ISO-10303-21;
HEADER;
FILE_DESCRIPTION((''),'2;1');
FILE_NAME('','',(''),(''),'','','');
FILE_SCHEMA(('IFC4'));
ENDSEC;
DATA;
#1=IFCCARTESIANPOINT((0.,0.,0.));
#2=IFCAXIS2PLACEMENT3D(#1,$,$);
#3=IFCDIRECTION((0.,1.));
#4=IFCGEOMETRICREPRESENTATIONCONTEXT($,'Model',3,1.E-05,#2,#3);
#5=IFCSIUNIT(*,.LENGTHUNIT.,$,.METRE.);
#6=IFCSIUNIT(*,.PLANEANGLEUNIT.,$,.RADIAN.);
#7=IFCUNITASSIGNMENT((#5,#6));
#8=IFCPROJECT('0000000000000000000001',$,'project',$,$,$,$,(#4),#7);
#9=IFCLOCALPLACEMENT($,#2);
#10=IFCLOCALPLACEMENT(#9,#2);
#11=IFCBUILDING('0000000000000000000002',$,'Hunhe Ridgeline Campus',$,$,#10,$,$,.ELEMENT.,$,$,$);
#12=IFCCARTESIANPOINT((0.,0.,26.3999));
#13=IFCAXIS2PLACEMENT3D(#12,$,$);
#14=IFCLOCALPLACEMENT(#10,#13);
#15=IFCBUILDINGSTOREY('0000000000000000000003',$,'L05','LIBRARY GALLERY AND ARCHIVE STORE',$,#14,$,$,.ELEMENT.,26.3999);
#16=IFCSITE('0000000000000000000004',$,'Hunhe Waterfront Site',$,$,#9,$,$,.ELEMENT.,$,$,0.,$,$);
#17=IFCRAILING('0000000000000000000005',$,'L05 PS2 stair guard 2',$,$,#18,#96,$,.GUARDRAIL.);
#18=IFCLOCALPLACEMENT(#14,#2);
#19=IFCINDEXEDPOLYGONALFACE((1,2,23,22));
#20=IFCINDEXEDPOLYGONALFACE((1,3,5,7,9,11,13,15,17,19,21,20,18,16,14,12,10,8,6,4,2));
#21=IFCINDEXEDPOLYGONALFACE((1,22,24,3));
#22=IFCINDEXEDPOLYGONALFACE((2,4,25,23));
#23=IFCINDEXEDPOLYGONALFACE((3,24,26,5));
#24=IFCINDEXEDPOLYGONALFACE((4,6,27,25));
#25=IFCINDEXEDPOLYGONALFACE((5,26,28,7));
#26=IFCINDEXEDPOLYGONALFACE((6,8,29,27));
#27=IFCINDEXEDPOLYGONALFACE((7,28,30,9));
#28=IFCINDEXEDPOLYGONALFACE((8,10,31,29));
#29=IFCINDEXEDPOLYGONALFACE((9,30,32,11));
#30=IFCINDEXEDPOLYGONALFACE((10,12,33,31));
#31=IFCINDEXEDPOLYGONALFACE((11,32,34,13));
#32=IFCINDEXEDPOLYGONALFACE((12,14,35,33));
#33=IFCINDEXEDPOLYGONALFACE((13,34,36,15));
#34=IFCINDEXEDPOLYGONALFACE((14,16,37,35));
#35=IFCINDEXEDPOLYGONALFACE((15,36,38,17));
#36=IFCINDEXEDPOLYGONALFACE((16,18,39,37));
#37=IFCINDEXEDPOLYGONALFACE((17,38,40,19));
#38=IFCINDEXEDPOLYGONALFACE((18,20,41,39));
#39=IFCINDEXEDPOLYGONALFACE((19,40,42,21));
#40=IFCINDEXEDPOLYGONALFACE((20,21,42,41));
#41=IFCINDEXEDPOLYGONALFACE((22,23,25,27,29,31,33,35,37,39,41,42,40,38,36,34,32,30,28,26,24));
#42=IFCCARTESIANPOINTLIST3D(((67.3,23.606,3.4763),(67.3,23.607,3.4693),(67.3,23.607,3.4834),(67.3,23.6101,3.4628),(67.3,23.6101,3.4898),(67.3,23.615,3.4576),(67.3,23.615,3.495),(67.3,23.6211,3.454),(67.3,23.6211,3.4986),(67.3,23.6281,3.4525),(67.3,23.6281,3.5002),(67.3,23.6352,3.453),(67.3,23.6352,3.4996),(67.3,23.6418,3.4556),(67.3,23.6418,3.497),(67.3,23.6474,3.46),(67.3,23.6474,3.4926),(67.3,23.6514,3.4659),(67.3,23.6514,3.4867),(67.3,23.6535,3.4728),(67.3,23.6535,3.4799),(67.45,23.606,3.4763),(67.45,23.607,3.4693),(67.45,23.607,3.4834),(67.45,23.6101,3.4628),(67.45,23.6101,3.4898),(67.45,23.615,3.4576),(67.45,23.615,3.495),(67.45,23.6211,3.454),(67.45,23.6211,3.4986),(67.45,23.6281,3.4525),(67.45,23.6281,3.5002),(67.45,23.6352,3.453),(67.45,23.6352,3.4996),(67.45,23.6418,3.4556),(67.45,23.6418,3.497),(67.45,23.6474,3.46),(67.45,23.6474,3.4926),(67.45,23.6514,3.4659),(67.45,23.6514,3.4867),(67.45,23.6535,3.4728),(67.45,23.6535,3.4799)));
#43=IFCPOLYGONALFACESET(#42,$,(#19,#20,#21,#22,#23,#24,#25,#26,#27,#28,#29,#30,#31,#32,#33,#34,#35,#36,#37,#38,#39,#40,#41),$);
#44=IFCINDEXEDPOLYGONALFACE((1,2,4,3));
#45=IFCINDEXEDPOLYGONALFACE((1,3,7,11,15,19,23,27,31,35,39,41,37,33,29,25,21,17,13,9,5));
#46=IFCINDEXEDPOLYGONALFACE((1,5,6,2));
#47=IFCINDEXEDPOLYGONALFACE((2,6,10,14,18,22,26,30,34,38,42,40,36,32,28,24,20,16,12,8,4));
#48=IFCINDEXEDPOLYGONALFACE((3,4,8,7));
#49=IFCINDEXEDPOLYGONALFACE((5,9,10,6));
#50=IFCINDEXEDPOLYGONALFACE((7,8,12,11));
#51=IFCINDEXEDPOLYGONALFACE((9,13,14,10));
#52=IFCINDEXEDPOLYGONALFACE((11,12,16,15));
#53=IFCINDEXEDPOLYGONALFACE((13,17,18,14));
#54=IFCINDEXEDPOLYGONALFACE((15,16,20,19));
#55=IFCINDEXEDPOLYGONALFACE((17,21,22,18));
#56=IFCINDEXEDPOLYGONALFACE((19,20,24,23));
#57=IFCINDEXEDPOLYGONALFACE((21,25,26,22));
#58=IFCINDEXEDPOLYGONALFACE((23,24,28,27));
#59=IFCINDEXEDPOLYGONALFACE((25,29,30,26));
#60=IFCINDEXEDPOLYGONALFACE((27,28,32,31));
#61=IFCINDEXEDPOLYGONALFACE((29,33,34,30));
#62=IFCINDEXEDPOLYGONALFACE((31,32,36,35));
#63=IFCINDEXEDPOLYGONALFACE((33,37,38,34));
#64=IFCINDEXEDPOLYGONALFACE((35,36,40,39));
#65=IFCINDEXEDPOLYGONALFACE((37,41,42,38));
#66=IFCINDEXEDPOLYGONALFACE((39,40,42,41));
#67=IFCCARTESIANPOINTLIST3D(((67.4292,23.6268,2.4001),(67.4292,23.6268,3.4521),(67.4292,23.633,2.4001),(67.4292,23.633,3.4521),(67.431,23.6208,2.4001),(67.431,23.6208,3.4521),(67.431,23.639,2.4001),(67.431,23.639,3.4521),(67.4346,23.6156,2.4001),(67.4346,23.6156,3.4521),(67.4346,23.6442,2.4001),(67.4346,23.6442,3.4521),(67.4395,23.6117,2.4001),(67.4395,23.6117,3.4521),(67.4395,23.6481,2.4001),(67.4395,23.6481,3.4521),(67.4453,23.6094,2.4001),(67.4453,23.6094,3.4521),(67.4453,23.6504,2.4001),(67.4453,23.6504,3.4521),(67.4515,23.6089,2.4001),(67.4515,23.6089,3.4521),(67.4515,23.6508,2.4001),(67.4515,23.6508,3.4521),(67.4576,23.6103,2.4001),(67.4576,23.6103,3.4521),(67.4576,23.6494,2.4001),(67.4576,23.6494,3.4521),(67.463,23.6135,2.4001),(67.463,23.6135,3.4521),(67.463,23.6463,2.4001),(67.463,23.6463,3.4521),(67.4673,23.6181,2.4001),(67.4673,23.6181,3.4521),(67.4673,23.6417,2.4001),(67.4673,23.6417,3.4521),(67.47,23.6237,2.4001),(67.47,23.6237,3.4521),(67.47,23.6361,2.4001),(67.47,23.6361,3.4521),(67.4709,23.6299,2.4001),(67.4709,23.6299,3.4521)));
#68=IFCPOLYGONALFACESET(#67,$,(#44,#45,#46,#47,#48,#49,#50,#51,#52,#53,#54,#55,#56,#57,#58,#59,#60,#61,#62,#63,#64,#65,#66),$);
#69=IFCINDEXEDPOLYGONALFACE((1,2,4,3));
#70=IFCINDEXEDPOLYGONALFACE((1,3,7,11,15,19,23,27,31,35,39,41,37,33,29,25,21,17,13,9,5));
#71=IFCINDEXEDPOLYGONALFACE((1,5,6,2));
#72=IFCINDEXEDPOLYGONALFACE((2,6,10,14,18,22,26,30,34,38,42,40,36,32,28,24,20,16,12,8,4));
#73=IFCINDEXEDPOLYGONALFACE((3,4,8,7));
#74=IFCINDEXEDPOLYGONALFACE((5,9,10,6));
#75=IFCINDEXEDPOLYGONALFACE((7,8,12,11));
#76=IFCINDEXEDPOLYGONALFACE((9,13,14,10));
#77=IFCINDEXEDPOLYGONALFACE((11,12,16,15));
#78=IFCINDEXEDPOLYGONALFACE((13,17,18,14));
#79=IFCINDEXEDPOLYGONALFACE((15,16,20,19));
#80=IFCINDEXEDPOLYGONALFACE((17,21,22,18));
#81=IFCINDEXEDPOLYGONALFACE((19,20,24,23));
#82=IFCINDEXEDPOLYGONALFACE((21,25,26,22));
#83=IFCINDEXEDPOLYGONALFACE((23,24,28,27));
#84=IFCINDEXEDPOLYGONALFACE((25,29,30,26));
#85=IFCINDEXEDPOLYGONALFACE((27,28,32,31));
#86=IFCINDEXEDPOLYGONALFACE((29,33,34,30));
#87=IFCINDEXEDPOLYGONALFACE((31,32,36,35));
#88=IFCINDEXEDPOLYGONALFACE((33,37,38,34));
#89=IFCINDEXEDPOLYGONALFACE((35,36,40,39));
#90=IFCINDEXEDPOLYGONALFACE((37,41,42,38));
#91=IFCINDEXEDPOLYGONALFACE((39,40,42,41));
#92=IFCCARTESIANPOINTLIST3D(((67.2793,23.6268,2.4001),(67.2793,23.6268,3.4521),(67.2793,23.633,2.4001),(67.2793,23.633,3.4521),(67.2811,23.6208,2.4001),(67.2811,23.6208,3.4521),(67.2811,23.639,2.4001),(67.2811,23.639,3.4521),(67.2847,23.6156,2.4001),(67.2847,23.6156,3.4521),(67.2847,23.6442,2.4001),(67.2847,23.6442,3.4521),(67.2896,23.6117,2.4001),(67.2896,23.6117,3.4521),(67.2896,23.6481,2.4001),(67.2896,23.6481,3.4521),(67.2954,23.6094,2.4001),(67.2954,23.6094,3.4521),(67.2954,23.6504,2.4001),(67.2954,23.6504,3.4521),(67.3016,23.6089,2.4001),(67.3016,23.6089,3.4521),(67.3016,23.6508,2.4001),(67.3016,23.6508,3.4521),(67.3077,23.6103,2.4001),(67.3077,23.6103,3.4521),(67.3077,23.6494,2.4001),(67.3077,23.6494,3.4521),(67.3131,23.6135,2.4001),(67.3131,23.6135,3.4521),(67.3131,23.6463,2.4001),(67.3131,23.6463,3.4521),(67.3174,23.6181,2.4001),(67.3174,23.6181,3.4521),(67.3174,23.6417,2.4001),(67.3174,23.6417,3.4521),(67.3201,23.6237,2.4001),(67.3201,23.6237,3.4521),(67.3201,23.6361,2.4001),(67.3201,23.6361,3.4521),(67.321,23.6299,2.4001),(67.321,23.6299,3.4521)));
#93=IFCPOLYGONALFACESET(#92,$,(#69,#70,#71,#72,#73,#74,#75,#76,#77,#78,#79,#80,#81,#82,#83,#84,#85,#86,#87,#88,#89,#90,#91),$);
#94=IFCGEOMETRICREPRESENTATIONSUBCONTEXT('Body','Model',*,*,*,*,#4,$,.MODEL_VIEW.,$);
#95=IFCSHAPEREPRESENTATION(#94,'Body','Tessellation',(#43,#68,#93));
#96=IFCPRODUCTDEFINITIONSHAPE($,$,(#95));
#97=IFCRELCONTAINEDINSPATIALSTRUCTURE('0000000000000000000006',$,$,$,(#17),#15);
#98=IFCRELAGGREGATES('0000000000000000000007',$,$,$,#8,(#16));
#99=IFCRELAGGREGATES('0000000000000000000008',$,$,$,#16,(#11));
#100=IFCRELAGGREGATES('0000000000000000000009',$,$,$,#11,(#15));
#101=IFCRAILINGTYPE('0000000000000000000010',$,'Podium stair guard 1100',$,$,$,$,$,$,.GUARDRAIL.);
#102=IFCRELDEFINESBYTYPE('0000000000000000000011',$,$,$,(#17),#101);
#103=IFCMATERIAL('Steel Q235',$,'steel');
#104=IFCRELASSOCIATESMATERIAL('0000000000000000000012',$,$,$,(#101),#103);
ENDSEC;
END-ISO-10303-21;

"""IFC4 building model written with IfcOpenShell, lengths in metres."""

from ifc_helpers import new_model, si_unit, direction, frame, origin, origin_2d, place, context, subcontext, project, spatial, circle, extrude, material, type_object, element, save


model = new_model("IFC4")

# Units and contexts
model_context = context("Model", 3, precision=1e-05, world=origin(), true_north=direction((0.0, 1.0)))
body_context = subcontext(model_context, "Body", "Model", "MODEL_VIEW")
ifc_project = project(units=[si_unit("LENGTHUNIT", "METRE"), si_unit("PLANEANGLEUNIT", "RADIAN")], contexts=[model_context])

# Site, building, storey
site_placement = place(None, origin())
site = spatial("IfcSite", under=ifc_project, at=site_placement, Name="Hunhe Waterfront Site", CompositionType="ELEMENT", RefElevation=0.0)
building_placement = place(site_placement, origin())
building = spatial("IfcBuilding", under=site, at=building_placement, Name="Hunhe Ridgeline Campus", CompositionType="ELEMENT")
storey_placement = place(building_placement, frame((0.0, 0.0, 26.3999)))
storey = spatial("IfcBuildingStorey", under=building, at=storey_placement, Name="L05", Description="LIBRARY GALLERY AND ARCHIVE STORE", CompositionType="ELEMENT", Elevation=26.3999)

# Shared definitions
ifc_material_1 = material(Name="Steel Q235", Category="steel")

# Railing
railing_type_1 = type_object("IfcRailingType", Name="Podium stair guard 1100", PredefinedType="GUARDRAIL", material=ifc_material_1)
railing_1_placement = place(storey_placement, frame((67.45, 23.6299, 2.4001)))
element("IfcRailing", 1, at=railing_1_placement, inside=storey, type_object=railing_type_1, Name="L05 PS2 stair guard 2", PredefinedType="GUARDRAIL", context=body_context, shape_type="SweptSolid", body=[
    extrude(circle(Radius=0.0239, at=origin_2d()), frame((0.0, 0.0, 1.0762), z_axis=(-1.0, 0.0, 0.0), x_axis=(0.0, -1.0, 0.0)), (0.0, 0.0, 1.0), 0.1499),
    extrude(circle(Radius=0.021, at=origin_2d()), origin(), (0.0, 0.0, 1.0), 1.052),
    extrude(circle(Radius=0.021, at=origin_2d()), frame((-0.1499, 0.0, 0.0)), (0.0, 0.0, 1.0), 1.052),
])

save(model, "model.ifc")
